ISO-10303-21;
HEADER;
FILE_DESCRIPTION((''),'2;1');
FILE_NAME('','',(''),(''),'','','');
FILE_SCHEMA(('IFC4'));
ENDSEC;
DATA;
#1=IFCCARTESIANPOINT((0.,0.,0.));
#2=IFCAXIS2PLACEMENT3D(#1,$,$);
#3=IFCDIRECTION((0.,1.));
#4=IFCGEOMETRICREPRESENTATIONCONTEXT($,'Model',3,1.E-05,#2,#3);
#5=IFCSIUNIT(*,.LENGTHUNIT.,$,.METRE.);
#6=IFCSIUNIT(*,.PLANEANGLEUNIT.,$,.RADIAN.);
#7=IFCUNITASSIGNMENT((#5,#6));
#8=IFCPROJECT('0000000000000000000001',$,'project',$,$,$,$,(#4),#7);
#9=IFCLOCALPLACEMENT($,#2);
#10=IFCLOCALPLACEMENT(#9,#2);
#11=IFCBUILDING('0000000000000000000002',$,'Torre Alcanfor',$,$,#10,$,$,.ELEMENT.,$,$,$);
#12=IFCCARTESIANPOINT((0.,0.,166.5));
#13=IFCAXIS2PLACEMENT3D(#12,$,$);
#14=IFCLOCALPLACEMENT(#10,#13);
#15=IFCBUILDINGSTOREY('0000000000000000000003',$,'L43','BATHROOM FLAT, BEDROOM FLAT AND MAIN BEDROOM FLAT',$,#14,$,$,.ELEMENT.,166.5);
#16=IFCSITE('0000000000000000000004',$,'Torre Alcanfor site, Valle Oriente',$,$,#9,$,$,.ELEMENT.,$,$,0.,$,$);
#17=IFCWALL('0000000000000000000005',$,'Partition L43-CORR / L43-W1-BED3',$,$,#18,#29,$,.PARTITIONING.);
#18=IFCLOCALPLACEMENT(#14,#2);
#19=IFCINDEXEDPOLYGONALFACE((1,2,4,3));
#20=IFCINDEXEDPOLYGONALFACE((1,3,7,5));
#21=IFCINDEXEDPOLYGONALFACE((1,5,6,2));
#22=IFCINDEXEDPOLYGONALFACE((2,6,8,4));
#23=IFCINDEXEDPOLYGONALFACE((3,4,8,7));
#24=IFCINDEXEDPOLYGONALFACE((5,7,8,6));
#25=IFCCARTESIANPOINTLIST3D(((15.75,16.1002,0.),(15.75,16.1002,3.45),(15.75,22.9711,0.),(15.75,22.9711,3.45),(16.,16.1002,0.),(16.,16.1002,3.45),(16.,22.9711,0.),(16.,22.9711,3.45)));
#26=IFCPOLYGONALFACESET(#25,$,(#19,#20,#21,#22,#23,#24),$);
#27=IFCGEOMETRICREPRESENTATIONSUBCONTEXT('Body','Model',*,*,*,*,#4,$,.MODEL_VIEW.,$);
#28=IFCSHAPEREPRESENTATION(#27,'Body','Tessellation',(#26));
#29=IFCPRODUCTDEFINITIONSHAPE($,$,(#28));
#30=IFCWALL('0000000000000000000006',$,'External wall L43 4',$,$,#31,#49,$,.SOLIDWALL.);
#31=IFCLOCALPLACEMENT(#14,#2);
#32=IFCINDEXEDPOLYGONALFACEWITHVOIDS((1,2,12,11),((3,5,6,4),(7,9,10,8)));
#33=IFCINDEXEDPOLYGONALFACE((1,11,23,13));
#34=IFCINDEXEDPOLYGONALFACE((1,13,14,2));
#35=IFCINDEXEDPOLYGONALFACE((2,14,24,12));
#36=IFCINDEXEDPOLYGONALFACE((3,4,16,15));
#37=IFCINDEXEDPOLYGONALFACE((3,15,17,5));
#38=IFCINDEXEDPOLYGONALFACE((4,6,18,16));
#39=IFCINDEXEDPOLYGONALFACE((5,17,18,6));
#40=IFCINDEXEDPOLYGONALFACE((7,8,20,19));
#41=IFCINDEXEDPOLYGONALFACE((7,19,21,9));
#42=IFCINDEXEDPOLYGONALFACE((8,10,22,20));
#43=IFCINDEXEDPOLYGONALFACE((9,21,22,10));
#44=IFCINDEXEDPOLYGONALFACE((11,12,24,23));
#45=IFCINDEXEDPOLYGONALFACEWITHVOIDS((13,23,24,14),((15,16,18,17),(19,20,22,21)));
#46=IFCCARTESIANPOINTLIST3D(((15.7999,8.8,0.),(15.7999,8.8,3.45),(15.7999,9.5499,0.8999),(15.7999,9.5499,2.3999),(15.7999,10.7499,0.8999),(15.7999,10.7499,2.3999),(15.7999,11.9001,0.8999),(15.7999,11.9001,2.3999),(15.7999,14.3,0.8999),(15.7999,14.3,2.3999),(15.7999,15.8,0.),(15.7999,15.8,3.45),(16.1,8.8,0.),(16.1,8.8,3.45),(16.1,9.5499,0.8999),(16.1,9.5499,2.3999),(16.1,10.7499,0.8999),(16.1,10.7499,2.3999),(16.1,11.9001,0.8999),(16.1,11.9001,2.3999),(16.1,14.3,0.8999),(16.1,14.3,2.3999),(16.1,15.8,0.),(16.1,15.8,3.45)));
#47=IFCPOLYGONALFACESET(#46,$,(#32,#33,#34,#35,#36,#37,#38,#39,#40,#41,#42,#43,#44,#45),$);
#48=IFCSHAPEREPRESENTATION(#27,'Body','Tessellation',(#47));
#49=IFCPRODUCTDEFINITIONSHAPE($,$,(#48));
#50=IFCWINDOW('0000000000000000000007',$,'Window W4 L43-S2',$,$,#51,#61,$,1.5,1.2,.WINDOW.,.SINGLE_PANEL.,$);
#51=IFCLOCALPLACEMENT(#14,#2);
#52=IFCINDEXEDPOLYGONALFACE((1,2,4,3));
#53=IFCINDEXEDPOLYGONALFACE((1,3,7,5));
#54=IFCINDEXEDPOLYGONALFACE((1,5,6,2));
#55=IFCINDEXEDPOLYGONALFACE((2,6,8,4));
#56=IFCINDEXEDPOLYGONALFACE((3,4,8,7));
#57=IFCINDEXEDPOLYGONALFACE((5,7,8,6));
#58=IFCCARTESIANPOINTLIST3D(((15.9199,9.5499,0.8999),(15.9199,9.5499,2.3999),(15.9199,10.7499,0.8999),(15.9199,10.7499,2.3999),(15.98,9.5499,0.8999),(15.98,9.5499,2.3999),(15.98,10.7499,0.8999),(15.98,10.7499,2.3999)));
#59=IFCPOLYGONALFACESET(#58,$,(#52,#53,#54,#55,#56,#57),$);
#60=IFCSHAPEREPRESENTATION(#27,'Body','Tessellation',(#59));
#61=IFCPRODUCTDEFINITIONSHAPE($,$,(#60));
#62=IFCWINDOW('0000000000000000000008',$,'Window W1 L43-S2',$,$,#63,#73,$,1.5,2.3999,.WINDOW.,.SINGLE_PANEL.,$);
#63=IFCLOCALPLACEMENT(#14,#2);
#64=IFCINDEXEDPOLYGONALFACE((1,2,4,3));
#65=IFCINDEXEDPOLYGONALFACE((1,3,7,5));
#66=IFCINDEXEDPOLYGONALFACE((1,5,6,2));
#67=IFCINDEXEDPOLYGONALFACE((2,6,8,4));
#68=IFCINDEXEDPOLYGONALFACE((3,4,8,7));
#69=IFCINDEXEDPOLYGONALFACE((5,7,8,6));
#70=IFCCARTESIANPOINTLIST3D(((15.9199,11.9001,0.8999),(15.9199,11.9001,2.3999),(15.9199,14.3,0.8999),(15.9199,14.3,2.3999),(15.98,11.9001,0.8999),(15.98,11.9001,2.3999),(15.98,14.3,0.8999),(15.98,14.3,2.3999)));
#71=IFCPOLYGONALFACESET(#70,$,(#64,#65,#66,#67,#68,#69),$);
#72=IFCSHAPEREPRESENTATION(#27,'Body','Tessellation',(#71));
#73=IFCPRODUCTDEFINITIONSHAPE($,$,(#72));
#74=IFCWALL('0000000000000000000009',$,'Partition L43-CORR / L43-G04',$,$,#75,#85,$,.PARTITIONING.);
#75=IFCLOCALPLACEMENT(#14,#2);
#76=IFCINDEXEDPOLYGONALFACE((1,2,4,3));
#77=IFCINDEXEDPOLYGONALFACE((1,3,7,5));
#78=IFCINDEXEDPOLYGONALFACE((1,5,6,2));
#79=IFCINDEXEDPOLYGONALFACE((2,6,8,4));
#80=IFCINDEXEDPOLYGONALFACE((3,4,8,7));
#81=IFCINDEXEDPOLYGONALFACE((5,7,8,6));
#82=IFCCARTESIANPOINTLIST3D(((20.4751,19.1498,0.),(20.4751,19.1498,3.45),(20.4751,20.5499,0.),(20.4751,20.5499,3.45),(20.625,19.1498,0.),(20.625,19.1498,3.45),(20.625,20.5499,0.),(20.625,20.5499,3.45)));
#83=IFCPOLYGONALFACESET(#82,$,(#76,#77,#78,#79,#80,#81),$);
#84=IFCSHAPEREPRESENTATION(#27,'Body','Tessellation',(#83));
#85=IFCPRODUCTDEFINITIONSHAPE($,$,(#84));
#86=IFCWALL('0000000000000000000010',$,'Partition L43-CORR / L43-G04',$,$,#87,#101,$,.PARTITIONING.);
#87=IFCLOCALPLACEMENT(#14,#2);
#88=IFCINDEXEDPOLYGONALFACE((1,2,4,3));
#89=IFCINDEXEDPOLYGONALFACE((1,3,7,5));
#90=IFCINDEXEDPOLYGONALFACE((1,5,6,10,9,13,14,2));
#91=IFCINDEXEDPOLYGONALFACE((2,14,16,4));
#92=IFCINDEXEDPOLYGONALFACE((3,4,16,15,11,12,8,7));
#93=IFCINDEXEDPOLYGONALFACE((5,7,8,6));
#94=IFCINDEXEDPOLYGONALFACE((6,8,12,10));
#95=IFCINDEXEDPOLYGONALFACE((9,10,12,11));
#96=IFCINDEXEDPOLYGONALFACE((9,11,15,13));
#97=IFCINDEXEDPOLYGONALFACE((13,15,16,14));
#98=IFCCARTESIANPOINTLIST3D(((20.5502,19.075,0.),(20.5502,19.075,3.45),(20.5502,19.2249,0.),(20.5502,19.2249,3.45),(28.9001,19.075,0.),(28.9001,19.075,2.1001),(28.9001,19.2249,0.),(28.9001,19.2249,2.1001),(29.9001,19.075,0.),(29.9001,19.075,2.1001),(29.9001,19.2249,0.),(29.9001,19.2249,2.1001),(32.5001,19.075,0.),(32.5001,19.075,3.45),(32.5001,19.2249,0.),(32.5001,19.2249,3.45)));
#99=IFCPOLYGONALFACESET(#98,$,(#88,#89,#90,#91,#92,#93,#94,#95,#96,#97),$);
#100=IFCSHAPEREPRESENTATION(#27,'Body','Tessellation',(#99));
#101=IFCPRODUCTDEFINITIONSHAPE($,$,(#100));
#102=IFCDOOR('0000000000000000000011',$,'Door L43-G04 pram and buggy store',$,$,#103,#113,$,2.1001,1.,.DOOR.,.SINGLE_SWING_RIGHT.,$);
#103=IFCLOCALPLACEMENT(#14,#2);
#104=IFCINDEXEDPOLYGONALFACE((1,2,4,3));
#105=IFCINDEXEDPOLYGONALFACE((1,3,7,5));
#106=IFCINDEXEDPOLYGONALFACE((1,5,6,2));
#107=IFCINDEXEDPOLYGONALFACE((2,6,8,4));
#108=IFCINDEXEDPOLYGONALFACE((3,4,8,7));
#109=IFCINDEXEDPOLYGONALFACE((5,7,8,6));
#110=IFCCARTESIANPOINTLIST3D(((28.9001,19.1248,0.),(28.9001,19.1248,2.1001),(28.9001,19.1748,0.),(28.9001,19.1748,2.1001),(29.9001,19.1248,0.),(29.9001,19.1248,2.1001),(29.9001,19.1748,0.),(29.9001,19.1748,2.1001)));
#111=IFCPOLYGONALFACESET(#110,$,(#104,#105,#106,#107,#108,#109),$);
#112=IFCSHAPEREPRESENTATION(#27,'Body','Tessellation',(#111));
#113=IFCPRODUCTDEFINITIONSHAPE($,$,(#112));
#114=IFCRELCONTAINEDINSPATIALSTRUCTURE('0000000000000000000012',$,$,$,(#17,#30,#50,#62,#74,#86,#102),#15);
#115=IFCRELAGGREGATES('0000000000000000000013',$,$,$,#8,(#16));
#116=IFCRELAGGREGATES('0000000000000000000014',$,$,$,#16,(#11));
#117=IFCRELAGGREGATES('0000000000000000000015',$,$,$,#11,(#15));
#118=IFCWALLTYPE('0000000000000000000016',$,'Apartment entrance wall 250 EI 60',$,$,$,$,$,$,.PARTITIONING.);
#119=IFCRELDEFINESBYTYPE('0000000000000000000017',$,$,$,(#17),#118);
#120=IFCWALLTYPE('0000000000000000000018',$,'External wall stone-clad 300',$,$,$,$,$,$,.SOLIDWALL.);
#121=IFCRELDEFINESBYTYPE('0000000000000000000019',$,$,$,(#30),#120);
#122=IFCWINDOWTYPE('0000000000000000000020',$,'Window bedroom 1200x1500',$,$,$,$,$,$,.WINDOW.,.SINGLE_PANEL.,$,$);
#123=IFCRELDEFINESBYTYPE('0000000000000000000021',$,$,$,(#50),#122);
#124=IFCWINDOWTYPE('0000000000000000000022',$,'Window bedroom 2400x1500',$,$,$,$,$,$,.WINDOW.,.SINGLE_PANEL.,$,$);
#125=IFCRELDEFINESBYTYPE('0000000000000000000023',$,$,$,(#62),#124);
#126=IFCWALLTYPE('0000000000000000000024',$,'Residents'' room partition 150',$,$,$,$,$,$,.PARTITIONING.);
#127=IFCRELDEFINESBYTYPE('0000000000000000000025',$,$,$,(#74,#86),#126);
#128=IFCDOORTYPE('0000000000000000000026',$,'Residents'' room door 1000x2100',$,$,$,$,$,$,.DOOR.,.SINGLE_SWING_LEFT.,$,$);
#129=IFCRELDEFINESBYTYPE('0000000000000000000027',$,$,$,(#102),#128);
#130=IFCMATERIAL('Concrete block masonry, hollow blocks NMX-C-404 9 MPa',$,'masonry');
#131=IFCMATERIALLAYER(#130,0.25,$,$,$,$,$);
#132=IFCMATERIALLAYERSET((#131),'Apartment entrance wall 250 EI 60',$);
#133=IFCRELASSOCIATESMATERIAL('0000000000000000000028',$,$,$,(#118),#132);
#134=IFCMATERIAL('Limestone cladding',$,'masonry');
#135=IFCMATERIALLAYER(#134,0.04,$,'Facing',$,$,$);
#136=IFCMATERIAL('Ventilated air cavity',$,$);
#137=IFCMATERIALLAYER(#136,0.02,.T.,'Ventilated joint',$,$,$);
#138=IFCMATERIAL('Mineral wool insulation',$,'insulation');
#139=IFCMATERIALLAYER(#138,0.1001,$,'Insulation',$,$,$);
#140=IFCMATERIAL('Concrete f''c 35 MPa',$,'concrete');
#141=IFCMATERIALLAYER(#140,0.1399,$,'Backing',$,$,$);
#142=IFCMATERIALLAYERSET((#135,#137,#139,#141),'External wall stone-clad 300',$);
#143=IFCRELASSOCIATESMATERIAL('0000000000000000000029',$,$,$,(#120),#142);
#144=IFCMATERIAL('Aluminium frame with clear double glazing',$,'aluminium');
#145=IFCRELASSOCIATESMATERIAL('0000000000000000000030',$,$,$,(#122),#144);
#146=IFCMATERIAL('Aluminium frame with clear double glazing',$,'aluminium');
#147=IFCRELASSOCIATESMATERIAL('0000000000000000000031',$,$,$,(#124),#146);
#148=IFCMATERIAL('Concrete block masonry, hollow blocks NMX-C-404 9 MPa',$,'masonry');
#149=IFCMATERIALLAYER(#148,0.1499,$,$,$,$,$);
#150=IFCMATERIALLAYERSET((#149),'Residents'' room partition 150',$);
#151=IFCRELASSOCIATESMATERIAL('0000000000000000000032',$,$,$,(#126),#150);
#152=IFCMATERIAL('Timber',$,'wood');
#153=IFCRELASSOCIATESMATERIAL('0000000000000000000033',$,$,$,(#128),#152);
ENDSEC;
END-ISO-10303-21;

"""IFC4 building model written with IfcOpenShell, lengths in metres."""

from ifc_helpers import new_model, si_unit, direction, frame, frame_2d, origin, place, context, subcontext, project, spatial, rectangle, extrude, material, layer, layer_set, type_object, element, fill, save


model = new_model("IFC4")

# Units and contexts
model_context = context("Model", 3, precision=1e-05, world=origin(), true_north=direction((0.0, 1.0)))
body_context = subcontext(model_context, "Body", "Model", "MODEL_VIEW")
ifc_project = project(units=[si_unit("LENGTHUNIT", "METRE"), si_unit("PLANEANGLEUNIT", "RADIAN")], contexts=[model_context])

# Site, building, storey
site_placement = place(None, origin())
site = spatial("IfcSite", under=ifc_project, at=site_placement, Name="Torre Alcanfor site, Valle Oriente", CompositionType="ELEMENT", RefElevation=0.0)
building_placement = place(site_placement, origin())
building = spatial("IfcBuilding", under=site, at=building_placement, Name="Torre Alcanfor", CompositionType="ELEMENT")
storey_placement = place(building_placement, frame((0.0, 0.0, 166.5)))
storey = spatial("IfcBuildingStorey", under=building, at=storey_placement, Name="L43", Description="BATHROOM FLAT, BEDROOM FLAT AND MAIN BEDROOM FLAT", CompositionType="ELEMENT", Elevation=166.5)

# Shared definitions
ifc_material_1 = material(Name="Concrete block masonry, hollow blocks NMX-C-404 9 MPa", Category="masonry")
ifc_layer_1 = layer(ifc_material_1, 0.25)
ifc_layer_set_1 = layer_set([ifc_layer_1], Name="Apartment entrance wall 250 EI 60")
wall_type_1 = type_object("IfcWallType", Name="Apartment entrance wall 250 EI 60", PredefinedType="PARTITIONING", material=ifc_layer_set_1)

# Wall
wall_1_placement = place(storey_placement, frame((15.875, 16.1001, 0.0), z_axis=(0.0, 0.0, 1.0), x_axis=(0.0, 1.0, 0.0)))
element("IfcWall", 1, at=wall_1_placement, inside=storey, type_object=wall_type_1, Name="Partition L43-CORR / L43-W1-BED3", PredefinedType="PARTITIONING", context=body_context, shape_type="SweptSolid", body=[
    extrude(rectangle(XDim=6.8708, YDim=0.25, at=frame_2d((3.4355, 0.0))), origin(), (0.0, 0.0, 1.0), 3.45),
])

# Wall, openings, windows
ifc_material_2 = material(Name="Limestone cladding", Category="masonry")
ifc_layer_2 = layer(ifc_material_2, 0.04, Name="Facing")
ifc_material_3 = material(Name="Ventilated air cavity")
ifc_layer_3 = layer(ifc_material_3, 0.02, ventilated=True, Name="Ventilated joint")
ifc_material_4 = material(Name="Mineral wool insulation", Category="insulation")
ifc_layer_4 = layer(ifc_material_4, 0.1001, Name="Insulation")
ifc_material_5 = material(Name="Concrete f'c 35 MPa", Category="concrete")
ifc_layer_5 = layer(ifc_material_5, 0.1399, Name="Backing")
ifc_layer_set_2 = layer_set([ifc_layer_2, ifc_layer_3, ifc_layer_4, ifc_layer_5], Name="External wall stone-clad 300")
wall_type_2 = type_object("IfcWallType", Name="External wall stone-clad 300", PredefinedType="SOLIDWALL", material=ifc_layer_set_2)
wall_2_placement = place(storey_placement, frame((15.95, 15.8, 0.0), z_axis=(0.0, 0.0, 1.0), x_axis=(0.0, -1.0, 0.0)))
wall_2 = element("IfcWall", 2, at=wall_2_placement, inside=storey, type_object=wall_type_2, Name="External wall L43 4", PredefinedType="SOLIDWALL", context=body_context, shape_type="SweptSolid", body=[
    extrude(rectangle(XDim=7.0, YDim=0.3, at=frame_2d((3.5, 0.0))), origin(), (0.0, 0.0, 1.0), 3.45),
])
opening_1_placement = place(wall_2_placement, frame((1.5, 0.0, 0.8999)))
opening_1 = element("IfcOpeningElement", 3, at=opening_1_placement, cuts=wall_2, PredefinedType="OPENING", context=body_context, shape_type="SweptSolid", body=[
    extrude(rectangle(XDim=2.3999, YDim=1.5, at=frame_2d((1.2, 0.75))), frame((0.0, 0.1599, 0.0), z_axis=(0.0, -1.0, 0.0), x_axis=(1.0, 0.0, 0.0)), (0.0, 0.0, 1.0), 0.3201),
])
opening_2_placement = place(wall_2_placement, frame((5.05, 0.0, 0.8999)))
opening_2 = element("IfcOpeningElement", 4, at=opening_2_placement, cuts=wall_2, PredefinedType="OPENING", context=body_context, shape_type="SweptSolid", body=[
    extrude(rectangle(XDim=1.2, YDim=1.5, at=frame_2d((0.6001, 0.75))), frame((0.0, 0.1599, 0.0), z_axis=(0.0, -1.0, 0.0), x_axis=(1.0, 0.0, 0.0)), (0.0, 0.0, 1.0), 0.3201),
])
ifc_material_6 = material(Name="Aluminium frame with clear double glazing", Category="aluminium")
window_type_1 = type_object("IfcWindowType", Name="Window bedroom 1200x1500", PartitioningType="SINGLE_PANEL", PredefinedType="WINDOW", material=ifc_material_6)
window_1_placement = place(opening_2_placement, origin())
window_1 = element("IfcWindow", 5, at=window_1_placement, inside=storey, type_object=window_type_1, Name="Window W4 L43-S2", OverallHeight=1.5, OverallWidth=1.2, PartitioningType="SINGLE_PANEL", PredefinedType="WINDOW", context=body_context, shape_type="SweptSolid", body=[
    extrude(rectangle(XDim=1.2, YDim=1.5, at=frame_2d((0.6001, 0.75))), frame((0.0, 0.03, 0.0), z_axis=(0.0, -1.0, 0.0), x_axis=(1.0, 0.0, 0.0)), (0.0, 0.0, 1.0), 0.0601),
])
fill(opening_2, window_1)
ifc_material_7 = material(Name="Aluminium frame with clear double glazing", Category="aluminium")
window_type_2 = type_object("IfcWindowType", Name="Window bedroom 2400x1500", PartitioningType="SINGLE_PANEL", PredefinedType="WINDOW", material=ifc_material_7)
window_2_placement = place(opening_1_placement, origin())
window_2 = element("IfcWindow", 6, at=window_2_placement, inside=storey, type_object=window_type_2, Name="Window W1 L43-S2", OverallHeight=1.5, OverallWidth=2.3999, PartitioningType="SINGLE_PANEL", PredefinedType="WINDOW", context=body_context, shape_type="SweptSolid", body=[
    extrude(rectangle(XDim=2.3999, YDim=1.5, at=frame_2d((1.2, 0.75))), frame((0.0, 0.03, 0.0), z_axis=(0.0, -1.0, 0.0), x_axis=(1.0, 0.0, 0.0)), (0.0, 0.0, 1.0), 0.0601),
])
fill(opening_1, window_2)

# Wall
ifc_material_8 = material(Name="Concrete block masonry, hollow blocks NMX-C-404 9 MPa", Category="masonry")
ifc_layer_6 = layer(ifc_material_8, 0.1499)
ifc_layer_set_3 = layer_set([ifc_layer_6], Name="Residents' room partition 150")
wall_type_3 = type_object("IfcWallType", Name="Residents' room partition 150", PredefinedType="PARTITIONING", material=ifc_layer_set_3)
wall_3_placement = place(storey_placement, frame((20.55, 20.55, 0.0), z_axis=(0.0, 0.0, 1.0), x_axis=(0.0, -1.0, 0.0)))
element("IfcWall", 7, at=wall_3_placement, inside=storey, type_object=wall_type_3, Name="Partition L43-CORR / L43-G04", PredefinedType="PARTITIONING", context=body_context, shape_type="SweptSolid", body=[
    extrude(rectangle(XDim=1.4001, YDim=0.1499, at=frame_2d((0.7002, 0.0))), origin(), (0.0, 0.0, 1.0), 3.45),
])

# Wall, opening, door
wall_4_placement = place(storey_placement, frame((20.55, 19.1499, 0.0), z_axis=(0.0, 0.0, 1.0), x_axis=(1.0, 0.0, 0.0)))
wall_4 = element("IfcWall", 8, at=wall_4_placement, inside=storey, type_object=wall_type_3, Name="Partition L43-CORR / L43-G04", PredefinedType="PARTITIONING", context=body_context, shape_type="SweptSolid", body=[
    extrude(rectangle(XDim=11.95, YDim=0.1499, at=frame_2d((5.9751, 0.0))), origin(), (0.0, 0.0, 1.0), 3.45),
])
opening_3_placement = place(wall_4_placement, frame((8.3501, 0.0, 0.0)))
opening_3 = element("IfcOpeningElement", 9, at=opening_3_placement, cuts=wall_4, PredefinedType="OPENING", context=body_context, shape_type="SweptSolid", body=[
    extrude(rectangle(XDim=1.0, YDim=2.1001, at=frame_2d((0.5, 1.05))), frame((0.0, 0.085, 0.0), z_axis=(0.0, -1.0, 0.0), x_axis=(1.0, 0.0, 0.0)), (0.0, 0.0, 1.0), 0.1699),
])
ifc_material_9 = material(Name="Timber", Category="wood")
door_type_1 = type_object("IfcDoorType", Name="Residents' room door 1000x2100", OperationType="SINGLE_SWING_LEFT", PredefinedType="DOOR", material=ifc_material_9)
door_1_placement = place(opening_3_placement, origin())
door_1 = element("IfcDoor", 10, at=door_1_placement, inside=storey, type_object=door_type_1, Name="Door L43-G04 pram and buggy store", OperationType="SINGLE_SWING_RIGHT", OverallHeight=2.1001, OverallWidth=1.0, PredefinedType="DOOR", context=body_context, shape_type="SweptSolid", body=[
    extrude(rectangle(XDim=1.0, YDim=2.1001, at=frame_2d((0.5, 1.05))), frame((0.0, 0.0249, 0.0), z_axis=(0.0, -1.0, 0.0), x_axis=(1.0, 0.0, 0.0)), (0.0, 0.0, 1.0), 0.05),
])
fill(opening_3, door_1)

save(model, "model.ifc")
